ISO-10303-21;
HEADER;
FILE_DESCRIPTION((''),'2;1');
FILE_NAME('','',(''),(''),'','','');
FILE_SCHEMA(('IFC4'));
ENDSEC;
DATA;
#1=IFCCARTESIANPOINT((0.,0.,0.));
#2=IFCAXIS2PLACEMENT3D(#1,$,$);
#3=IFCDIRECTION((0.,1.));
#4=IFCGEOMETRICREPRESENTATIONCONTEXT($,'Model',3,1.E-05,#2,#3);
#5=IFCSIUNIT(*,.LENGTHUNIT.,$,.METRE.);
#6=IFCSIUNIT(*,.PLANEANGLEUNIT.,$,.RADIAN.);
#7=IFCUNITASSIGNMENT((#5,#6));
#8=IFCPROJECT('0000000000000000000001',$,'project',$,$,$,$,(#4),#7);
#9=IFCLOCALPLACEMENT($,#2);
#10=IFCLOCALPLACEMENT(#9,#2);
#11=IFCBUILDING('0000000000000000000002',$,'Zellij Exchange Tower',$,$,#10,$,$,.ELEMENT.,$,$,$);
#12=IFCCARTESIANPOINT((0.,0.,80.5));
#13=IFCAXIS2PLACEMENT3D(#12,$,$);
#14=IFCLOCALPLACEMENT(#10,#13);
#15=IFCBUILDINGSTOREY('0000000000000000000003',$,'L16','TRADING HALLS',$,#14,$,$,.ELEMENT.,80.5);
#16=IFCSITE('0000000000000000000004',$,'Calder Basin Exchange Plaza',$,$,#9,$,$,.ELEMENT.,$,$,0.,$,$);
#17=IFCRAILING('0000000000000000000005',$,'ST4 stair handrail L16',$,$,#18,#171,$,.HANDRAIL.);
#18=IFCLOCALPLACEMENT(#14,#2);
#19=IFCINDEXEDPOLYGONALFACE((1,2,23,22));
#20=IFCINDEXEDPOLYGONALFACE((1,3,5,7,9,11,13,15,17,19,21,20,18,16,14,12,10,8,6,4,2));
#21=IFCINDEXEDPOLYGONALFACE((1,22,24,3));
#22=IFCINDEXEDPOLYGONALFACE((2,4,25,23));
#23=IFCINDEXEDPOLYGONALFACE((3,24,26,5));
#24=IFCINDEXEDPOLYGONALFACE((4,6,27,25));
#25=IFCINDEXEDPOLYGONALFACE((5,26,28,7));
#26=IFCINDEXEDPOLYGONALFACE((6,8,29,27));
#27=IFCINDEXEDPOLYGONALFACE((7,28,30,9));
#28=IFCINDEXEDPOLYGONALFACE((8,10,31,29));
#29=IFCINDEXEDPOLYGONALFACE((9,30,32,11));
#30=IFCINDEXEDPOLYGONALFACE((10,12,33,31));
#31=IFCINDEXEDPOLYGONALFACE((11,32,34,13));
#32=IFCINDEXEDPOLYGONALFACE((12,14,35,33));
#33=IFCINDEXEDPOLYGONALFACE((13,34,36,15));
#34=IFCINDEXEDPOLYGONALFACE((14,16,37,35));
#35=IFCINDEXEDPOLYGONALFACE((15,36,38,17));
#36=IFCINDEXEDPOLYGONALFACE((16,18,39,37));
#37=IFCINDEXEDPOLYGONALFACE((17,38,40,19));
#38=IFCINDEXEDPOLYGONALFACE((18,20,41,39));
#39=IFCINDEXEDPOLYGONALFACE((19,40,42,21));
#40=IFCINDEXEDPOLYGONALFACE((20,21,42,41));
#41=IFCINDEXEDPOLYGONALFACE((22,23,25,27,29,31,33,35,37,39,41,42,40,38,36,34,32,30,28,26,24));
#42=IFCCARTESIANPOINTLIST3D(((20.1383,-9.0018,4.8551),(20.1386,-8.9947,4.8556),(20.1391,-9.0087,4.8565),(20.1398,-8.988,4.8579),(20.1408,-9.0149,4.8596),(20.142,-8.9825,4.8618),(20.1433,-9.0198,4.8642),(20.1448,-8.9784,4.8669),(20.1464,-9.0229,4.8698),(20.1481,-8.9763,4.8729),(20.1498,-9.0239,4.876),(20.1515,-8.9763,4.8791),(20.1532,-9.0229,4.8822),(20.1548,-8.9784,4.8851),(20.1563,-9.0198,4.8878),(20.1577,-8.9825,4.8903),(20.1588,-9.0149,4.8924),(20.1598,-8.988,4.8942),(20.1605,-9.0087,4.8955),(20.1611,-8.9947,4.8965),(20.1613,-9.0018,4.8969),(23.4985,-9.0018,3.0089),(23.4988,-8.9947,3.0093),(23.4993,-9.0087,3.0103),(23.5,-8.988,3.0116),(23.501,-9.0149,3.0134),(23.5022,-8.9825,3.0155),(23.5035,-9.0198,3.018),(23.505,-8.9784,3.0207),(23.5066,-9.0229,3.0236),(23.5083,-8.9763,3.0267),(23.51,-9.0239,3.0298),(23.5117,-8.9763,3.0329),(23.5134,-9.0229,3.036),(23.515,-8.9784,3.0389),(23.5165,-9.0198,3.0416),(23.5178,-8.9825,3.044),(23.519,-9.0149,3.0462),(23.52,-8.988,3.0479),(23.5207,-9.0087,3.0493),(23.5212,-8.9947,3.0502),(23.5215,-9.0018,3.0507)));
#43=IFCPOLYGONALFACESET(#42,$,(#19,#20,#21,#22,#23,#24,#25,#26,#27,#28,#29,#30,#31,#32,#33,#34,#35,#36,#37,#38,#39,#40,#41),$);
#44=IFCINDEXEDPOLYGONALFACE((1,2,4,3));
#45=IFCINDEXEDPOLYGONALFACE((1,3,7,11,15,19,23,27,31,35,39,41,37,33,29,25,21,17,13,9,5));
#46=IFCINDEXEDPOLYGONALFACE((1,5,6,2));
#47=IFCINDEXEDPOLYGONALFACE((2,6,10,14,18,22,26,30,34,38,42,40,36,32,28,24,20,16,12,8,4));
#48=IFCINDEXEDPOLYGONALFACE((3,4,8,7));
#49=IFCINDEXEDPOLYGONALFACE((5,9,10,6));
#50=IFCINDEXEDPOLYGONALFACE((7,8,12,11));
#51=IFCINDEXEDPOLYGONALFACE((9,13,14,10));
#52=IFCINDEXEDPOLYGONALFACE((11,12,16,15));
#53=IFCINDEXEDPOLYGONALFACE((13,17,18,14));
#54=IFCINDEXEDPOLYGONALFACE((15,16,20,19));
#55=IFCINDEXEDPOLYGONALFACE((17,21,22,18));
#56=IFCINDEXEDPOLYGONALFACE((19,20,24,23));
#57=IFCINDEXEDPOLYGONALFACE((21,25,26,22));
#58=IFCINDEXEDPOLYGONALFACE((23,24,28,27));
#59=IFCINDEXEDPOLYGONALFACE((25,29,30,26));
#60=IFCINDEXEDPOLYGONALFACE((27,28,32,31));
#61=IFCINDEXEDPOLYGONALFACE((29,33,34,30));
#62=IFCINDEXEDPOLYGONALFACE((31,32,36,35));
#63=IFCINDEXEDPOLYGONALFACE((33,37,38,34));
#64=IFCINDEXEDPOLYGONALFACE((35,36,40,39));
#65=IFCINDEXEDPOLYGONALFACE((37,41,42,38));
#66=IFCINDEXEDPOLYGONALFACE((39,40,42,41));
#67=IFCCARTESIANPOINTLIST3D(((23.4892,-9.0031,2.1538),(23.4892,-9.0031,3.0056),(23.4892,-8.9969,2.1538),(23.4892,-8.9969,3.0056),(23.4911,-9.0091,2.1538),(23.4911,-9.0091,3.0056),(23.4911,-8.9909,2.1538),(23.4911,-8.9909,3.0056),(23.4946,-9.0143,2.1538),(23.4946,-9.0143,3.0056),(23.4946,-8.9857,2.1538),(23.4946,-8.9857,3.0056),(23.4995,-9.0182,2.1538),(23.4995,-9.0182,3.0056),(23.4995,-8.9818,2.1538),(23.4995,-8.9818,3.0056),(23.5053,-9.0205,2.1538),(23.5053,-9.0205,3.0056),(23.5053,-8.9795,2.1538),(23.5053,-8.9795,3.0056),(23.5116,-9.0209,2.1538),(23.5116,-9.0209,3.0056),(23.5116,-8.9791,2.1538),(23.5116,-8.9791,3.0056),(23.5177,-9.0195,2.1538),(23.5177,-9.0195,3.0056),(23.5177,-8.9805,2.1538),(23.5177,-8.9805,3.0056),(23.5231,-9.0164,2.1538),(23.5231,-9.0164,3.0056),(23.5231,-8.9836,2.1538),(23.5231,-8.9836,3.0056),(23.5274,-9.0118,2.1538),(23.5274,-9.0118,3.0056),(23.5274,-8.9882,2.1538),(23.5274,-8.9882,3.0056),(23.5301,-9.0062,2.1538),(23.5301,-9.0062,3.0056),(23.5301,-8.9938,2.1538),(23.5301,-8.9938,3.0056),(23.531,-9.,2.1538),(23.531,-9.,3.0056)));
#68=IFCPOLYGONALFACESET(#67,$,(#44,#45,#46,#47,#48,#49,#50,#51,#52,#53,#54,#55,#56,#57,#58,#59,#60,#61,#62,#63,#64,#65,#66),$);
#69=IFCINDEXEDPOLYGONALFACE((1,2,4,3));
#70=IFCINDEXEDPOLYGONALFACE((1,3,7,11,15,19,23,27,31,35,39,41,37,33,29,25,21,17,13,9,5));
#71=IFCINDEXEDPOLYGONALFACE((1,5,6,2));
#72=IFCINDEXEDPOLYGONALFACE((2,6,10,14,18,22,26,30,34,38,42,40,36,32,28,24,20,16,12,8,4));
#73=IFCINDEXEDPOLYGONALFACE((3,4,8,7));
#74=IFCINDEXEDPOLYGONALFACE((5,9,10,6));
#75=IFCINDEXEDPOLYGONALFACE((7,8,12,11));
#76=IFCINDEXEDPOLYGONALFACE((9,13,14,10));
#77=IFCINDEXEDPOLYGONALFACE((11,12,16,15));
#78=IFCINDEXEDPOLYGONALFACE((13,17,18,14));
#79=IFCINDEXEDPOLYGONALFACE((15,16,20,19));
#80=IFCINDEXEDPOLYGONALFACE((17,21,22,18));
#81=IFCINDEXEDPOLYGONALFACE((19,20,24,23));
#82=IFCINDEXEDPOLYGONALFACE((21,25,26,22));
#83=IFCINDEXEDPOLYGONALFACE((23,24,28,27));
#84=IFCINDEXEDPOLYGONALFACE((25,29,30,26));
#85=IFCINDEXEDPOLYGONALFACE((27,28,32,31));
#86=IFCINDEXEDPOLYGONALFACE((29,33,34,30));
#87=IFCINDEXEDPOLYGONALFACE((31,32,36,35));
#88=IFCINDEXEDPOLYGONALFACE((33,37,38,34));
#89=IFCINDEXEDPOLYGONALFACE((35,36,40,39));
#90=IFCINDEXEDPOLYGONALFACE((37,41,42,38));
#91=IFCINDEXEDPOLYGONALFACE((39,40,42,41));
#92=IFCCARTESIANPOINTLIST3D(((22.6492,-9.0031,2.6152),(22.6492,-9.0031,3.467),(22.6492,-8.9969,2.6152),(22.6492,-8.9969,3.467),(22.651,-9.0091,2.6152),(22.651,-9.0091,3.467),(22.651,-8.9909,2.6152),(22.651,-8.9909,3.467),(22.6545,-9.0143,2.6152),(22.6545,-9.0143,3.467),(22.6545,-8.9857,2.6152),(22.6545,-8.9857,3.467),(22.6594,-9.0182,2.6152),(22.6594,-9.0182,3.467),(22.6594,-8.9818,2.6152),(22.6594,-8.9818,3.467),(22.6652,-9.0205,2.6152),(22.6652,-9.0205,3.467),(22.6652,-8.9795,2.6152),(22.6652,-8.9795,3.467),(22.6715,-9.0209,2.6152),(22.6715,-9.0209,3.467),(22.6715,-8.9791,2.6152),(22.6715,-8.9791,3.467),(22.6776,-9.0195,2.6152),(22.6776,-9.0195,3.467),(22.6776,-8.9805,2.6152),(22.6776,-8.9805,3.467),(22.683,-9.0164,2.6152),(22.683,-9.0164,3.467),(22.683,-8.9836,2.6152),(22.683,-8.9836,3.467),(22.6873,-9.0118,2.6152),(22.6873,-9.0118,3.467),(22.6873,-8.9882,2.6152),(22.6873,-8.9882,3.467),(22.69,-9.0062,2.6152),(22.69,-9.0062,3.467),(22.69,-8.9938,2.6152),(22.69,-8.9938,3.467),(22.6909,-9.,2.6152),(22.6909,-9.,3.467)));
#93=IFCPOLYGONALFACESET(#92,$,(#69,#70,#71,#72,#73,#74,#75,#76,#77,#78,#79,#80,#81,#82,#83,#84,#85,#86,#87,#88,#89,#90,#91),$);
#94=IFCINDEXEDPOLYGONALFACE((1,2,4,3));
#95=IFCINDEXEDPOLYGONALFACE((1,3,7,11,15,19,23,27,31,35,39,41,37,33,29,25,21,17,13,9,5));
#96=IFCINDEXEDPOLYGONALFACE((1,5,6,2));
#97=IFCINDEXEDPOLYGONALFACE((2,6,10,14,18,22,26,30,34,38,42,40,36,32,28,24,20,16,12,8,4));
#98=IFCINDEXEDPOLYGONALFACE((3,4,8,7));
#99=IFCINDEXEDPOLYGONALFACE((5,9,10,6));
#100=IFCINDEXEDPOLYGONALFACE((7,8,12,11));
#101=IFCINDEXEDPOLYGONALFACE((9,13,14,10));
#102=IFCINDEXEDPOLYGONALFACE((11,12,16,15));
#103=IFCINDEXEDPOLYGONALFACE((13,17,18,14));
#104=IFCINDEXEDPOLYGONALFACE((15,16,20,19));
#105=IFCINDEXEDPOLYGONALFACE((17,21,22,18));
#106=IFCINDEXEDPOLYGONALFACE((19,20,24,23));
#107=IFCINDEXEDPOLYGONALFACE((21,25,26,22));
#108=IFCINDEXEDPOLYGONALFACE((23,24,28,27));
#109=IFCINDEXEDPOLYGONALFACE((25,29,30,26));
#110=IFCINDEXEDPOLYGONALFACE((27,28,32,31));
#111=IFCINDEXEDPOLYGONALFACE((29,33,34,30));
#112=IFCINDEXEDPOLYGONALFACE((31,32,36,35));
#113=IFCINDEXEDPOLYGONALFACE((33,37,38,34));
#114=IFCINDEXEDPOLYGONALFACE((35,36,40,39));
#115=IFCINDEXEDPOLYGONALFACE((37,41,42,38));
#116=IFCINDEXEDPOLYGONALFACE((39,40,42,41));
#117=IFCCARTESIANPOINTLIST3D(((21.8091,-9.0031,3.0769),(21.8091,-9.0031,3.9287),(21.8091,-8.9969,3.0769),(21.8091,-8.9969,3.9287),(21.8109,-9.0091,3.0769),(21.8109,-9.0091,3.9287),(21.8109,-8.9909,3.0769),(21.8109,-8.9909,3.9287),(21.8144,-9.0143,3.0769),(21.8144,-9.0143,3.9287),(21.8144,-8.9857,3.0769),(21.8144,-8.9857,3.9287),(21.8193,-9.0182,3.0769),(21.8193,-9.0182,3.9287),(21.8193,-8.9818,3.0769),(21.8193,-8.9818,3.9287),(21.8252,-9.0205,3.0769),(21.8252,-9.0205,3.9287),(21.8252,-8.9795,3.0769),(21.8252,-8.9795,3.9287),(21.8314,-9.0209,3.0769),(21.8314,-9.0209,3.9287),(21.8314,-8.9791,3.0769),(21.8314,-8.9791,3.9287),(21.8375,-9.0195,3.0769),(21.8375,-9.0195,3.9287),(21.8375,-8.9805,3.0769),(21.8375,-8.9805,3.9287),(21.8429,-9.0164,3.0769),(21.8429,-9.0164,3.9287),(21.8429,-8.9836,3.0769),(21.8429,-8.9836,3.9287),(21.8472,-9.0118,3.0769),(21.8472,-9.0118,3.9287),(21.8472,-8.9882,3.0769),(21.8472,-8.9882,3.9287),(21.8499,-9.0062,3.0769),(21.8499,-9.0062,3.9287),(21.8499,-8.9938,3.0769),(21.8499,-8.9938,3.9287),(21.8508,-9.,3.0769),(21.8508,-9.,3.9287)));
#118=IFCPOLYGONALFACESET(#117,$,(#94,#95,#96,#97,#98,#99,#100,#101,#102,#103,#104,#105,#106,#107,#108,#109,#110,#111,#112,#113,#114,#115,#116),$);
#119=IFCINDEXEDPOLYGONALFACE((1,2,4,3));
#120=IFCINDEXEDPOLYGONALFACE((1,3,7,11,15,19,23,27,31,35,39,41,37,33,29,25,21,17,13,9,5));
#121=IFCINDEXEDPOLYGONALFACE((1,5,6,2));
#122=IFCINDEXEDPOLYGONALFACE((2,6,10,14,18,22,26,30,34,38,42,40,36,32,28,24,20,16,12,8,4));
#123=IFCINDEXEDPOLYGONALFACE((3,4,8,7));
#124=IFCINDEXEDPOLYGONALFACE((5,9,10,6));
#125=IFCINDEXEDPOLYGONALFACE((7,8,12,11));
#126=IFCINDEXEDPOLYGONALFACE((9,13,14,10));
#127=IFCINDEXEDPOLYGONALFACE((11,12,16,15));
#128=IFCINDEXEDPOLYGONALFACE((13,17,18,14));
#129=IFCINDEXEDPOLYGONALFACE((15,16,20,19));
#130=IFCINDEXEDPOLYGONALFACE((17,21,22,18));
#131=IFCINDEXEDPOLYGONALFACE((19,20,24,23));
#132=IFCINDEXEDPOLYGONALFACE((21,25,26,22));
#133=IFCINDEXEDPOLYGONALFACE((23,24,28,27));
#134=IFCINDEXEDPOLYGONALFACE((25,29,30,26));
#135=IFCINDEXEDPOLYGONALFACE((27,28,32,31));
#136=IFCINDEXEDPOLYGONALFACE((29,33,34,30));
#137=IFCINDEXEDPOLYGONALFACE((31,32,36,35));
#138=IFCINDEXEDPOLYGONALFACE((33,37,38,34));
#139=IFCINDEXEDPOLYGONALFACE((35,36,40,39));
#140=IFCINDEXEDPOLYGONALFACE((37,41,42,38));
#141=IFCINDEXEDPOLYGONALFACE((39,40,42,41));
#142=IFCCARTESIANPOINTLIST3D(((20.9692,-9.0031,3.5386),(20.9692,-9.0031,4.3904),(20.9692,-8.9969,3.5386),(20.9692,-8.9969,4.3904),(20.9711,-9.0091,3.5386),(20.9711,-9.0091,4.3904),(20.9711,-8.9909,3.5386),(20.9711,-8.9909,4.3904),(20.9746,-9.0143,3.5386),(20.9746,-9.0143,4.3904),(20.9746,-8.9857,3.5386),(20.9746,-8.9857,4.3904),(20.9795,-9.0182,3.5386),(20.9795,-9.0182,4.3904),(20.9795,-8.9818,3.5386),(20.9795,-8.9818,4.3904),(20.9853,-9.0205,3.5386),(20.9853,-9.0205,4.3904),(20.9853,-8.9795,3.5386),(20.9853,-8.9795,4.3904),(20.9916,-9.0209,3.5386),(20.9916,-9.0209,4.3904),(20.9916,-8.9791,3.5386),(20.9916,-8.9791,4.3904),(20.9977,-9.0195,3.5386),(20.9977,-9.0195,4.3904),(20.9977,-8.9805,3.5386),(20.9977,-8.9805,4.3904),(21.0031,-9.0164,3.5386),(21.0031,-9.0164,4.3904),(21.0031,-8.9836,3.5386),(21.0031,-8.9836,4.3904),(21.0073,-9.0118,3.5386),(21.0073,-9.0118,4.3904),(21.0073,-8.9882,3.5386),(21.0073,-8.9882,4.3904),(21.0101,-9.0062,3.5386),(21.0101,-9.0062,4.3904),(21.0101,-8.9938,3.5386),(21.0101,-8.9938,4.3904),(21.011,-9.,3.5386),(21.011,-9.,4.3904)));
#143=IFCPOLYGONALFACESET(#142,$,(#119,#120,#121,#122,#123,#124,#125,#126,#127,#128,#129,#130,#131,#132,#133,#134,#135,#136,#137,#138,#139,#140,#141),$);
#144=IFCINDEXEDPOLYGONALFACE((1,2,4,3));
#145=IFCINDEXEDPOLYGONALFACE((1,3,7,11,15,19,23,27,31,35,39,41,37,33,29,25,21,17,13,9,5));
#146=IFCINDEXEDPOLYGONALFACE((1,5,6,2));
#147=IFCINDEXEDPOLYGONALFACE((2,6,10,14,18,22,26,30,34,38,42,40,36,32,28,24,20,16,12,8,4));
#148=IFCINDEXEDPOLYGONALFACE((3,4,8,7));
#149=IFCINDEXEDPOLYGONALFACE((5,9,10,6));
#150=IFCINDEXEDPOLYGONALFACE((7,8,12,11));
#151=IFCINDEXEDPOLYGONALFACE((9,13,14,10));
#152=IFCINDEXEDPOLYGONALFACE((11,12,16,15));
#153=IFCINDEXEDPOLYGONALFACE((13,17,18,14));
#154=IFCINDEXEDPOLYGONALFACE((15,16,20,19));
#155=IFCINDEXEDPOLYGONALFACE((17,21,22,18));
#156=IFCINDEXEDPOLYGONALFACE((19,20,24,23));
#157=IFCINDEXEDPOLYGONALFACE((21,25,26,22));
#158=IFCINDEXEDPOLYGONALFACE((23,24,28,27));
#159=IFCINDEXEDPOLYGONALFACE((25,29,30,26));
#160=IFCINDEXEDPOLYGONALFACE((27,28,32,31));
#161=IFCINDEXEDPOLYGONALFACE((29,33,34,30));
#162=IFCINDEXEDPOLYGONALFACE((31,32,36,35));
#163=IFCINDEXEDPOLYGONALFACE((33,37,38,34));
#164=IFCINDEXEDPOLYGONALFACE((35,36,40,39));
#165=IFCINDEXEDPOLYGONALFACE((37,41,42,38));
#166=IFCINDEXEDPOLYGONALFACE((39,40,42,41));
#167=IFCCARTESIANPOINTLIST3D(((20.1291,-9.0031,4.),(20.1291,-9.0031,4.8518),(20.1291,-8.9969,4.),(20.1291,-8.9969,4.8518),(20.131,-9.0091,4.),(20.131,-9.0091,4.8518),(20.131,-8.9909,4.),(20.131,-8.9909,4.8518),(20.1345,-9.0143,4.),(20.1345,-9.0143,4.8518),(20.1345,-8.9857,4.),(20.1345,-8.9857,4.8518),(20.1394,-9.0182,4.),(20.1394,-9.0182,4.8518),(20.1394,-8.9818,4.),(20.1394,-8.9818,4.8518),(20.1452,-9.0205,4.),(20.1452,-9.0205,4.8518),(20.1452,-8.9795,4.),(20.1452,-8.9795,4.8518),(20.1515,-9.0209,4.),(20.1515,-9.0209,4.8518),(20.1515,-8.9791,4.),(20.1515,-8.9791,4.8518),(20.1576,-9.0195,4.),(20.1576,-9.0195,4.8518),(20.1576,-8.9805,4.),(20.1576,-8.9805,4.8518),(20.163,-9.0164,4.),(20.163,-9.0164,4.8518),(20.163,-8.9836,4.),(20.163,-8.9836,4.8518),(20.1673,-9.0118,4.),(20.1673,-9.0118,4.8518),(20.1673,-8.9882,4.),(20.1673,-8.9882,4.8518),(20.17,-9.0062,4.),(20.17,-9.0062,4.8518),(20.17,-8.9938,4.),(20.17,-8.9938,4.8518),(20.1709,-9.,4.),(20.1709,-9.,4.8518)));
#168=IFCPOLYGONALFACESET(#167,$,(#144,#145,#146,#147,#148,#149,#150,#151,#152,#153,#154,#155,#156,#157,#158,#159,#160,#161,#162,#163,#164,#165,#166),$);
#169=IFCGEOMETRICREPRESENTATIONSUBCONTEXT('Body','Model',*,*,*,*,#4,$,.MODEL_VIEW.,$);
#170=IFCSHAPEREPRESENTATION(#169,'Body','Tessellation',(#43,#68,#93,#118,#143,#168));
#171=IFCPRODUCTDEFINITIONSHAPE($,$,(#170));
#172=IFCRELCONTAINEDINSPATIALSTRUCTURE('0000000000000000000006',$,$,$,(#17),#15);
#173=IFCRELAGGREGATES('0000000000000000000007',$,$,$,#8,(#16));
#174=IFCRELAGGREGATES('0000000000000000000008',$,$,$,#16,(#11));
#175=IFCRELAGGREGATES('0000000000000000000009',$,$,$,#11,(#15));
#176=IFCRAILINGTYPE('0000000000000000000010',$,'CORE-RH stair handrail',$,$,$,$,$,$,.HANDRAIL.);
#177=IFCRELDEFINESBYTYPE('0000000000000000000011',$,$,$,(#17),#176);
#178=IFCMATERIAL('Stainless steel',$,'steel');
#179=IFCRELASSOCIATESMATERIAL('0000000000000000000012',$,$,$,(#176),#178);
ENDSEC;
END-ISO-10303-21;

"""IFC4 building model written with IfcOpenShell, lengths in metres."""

from ifc_helpers import new_model, si_unit, direction, frame, origin, origin_2d, place, context, subcontext, project, spatial, circle, extrude, material, type_object, element, save


model = new_model("IFC4")

# Units and contexts
model_context = context("Model", 3, precision=1e-05, world=origin(), true_north=direction((0.0, 1.0)))
body_context = subcontext(model_context, "Body", "Model", "MODEL_VIEW")
ifc_project = project(units=[si_unit("LENGTHUNIT", "METRE"), si_unit("PLANEANGLEUNIT", "RADIAN")], contexts=[model_context])

# Site, building, storey
site_placement = place(None, origin())
site = spatial("IfcSite", under=ifc_project, at=site_placement, Name="Calder Basin Exchange Plaza", CompositionType="ELEMENT", RefElevation=0.0)
building_placement = place(site_placement, origin())
building = spatial("IfcBuilding", under=site, at=building_placement, Name="Zellij Exchange Tower", CompositionType="ELEMENT")
storey_placement = place(building_placement, frame((0.0, 0.0, 80.5)))
storey = spatial("IfcBuildingStorey", under=building, at=storey_placement, Name="L16", Description="TRADING HALLS", CompositionType="ELEMENT", Elevation=80.5)

# Railing
ifc_material_1 = material(Name="Stainless steel", Category="steel")
railing_type = type_object("IfcRailingType", Name="CORE-RH stair handrail", PredefinedType="HANDRAIL", material=ifc_material_1)
railing_1_placement = place(storey_placement, frame((23.51, -9.0, 2.1538)))
element("IfcRailing", 1, at=railing_1_placement, inside=storey, type_object=railing_type, Name="ST4 stair handrail L16", PredefinedType="HANDRAIL", context=body_context, shape_type="SweptSolid", body=[
    extrude(circle(Radius=0.0239, at=origin_2d()), frame((0.0, 0.0, 0.876), z_axis=(-0.876422, 0.0, 0.481545), x_axis=(0.0, -1.0, 0.0)), (0.0, 0.0, 1.0), 3.834),
    extrude(circle(Radius=0.021, at=origin_2d()), origin(), (0.0, 0.0, 1.0), 0.8518),
    extrude(circle(Radius=0.021, at=origin_2d()), frame((-0.8401, 0.0, 0.4614)), (0.0, 0.0, 1.0), 0.8518),
    extrude(circle(Radius=0.021, at=origin_2d()), frame((-1.6802, 0.0, 0.9231)), (0.0, 0.0, 1.0), 0.8518),
    extrude(circle(Radius=0.021, at=origin_2d()), frame((-2.52, 0.0, 1.3848)), (0.0, 0.0, 1.0), 0.8518),
    extrude(circle(Radius=0.021, at=origin_2d()), frame((-3.3601, 0.0, 1.8462)), (0.0, 0.0, 1.0), 0.8518),
])

save(model, "model.ifc")
